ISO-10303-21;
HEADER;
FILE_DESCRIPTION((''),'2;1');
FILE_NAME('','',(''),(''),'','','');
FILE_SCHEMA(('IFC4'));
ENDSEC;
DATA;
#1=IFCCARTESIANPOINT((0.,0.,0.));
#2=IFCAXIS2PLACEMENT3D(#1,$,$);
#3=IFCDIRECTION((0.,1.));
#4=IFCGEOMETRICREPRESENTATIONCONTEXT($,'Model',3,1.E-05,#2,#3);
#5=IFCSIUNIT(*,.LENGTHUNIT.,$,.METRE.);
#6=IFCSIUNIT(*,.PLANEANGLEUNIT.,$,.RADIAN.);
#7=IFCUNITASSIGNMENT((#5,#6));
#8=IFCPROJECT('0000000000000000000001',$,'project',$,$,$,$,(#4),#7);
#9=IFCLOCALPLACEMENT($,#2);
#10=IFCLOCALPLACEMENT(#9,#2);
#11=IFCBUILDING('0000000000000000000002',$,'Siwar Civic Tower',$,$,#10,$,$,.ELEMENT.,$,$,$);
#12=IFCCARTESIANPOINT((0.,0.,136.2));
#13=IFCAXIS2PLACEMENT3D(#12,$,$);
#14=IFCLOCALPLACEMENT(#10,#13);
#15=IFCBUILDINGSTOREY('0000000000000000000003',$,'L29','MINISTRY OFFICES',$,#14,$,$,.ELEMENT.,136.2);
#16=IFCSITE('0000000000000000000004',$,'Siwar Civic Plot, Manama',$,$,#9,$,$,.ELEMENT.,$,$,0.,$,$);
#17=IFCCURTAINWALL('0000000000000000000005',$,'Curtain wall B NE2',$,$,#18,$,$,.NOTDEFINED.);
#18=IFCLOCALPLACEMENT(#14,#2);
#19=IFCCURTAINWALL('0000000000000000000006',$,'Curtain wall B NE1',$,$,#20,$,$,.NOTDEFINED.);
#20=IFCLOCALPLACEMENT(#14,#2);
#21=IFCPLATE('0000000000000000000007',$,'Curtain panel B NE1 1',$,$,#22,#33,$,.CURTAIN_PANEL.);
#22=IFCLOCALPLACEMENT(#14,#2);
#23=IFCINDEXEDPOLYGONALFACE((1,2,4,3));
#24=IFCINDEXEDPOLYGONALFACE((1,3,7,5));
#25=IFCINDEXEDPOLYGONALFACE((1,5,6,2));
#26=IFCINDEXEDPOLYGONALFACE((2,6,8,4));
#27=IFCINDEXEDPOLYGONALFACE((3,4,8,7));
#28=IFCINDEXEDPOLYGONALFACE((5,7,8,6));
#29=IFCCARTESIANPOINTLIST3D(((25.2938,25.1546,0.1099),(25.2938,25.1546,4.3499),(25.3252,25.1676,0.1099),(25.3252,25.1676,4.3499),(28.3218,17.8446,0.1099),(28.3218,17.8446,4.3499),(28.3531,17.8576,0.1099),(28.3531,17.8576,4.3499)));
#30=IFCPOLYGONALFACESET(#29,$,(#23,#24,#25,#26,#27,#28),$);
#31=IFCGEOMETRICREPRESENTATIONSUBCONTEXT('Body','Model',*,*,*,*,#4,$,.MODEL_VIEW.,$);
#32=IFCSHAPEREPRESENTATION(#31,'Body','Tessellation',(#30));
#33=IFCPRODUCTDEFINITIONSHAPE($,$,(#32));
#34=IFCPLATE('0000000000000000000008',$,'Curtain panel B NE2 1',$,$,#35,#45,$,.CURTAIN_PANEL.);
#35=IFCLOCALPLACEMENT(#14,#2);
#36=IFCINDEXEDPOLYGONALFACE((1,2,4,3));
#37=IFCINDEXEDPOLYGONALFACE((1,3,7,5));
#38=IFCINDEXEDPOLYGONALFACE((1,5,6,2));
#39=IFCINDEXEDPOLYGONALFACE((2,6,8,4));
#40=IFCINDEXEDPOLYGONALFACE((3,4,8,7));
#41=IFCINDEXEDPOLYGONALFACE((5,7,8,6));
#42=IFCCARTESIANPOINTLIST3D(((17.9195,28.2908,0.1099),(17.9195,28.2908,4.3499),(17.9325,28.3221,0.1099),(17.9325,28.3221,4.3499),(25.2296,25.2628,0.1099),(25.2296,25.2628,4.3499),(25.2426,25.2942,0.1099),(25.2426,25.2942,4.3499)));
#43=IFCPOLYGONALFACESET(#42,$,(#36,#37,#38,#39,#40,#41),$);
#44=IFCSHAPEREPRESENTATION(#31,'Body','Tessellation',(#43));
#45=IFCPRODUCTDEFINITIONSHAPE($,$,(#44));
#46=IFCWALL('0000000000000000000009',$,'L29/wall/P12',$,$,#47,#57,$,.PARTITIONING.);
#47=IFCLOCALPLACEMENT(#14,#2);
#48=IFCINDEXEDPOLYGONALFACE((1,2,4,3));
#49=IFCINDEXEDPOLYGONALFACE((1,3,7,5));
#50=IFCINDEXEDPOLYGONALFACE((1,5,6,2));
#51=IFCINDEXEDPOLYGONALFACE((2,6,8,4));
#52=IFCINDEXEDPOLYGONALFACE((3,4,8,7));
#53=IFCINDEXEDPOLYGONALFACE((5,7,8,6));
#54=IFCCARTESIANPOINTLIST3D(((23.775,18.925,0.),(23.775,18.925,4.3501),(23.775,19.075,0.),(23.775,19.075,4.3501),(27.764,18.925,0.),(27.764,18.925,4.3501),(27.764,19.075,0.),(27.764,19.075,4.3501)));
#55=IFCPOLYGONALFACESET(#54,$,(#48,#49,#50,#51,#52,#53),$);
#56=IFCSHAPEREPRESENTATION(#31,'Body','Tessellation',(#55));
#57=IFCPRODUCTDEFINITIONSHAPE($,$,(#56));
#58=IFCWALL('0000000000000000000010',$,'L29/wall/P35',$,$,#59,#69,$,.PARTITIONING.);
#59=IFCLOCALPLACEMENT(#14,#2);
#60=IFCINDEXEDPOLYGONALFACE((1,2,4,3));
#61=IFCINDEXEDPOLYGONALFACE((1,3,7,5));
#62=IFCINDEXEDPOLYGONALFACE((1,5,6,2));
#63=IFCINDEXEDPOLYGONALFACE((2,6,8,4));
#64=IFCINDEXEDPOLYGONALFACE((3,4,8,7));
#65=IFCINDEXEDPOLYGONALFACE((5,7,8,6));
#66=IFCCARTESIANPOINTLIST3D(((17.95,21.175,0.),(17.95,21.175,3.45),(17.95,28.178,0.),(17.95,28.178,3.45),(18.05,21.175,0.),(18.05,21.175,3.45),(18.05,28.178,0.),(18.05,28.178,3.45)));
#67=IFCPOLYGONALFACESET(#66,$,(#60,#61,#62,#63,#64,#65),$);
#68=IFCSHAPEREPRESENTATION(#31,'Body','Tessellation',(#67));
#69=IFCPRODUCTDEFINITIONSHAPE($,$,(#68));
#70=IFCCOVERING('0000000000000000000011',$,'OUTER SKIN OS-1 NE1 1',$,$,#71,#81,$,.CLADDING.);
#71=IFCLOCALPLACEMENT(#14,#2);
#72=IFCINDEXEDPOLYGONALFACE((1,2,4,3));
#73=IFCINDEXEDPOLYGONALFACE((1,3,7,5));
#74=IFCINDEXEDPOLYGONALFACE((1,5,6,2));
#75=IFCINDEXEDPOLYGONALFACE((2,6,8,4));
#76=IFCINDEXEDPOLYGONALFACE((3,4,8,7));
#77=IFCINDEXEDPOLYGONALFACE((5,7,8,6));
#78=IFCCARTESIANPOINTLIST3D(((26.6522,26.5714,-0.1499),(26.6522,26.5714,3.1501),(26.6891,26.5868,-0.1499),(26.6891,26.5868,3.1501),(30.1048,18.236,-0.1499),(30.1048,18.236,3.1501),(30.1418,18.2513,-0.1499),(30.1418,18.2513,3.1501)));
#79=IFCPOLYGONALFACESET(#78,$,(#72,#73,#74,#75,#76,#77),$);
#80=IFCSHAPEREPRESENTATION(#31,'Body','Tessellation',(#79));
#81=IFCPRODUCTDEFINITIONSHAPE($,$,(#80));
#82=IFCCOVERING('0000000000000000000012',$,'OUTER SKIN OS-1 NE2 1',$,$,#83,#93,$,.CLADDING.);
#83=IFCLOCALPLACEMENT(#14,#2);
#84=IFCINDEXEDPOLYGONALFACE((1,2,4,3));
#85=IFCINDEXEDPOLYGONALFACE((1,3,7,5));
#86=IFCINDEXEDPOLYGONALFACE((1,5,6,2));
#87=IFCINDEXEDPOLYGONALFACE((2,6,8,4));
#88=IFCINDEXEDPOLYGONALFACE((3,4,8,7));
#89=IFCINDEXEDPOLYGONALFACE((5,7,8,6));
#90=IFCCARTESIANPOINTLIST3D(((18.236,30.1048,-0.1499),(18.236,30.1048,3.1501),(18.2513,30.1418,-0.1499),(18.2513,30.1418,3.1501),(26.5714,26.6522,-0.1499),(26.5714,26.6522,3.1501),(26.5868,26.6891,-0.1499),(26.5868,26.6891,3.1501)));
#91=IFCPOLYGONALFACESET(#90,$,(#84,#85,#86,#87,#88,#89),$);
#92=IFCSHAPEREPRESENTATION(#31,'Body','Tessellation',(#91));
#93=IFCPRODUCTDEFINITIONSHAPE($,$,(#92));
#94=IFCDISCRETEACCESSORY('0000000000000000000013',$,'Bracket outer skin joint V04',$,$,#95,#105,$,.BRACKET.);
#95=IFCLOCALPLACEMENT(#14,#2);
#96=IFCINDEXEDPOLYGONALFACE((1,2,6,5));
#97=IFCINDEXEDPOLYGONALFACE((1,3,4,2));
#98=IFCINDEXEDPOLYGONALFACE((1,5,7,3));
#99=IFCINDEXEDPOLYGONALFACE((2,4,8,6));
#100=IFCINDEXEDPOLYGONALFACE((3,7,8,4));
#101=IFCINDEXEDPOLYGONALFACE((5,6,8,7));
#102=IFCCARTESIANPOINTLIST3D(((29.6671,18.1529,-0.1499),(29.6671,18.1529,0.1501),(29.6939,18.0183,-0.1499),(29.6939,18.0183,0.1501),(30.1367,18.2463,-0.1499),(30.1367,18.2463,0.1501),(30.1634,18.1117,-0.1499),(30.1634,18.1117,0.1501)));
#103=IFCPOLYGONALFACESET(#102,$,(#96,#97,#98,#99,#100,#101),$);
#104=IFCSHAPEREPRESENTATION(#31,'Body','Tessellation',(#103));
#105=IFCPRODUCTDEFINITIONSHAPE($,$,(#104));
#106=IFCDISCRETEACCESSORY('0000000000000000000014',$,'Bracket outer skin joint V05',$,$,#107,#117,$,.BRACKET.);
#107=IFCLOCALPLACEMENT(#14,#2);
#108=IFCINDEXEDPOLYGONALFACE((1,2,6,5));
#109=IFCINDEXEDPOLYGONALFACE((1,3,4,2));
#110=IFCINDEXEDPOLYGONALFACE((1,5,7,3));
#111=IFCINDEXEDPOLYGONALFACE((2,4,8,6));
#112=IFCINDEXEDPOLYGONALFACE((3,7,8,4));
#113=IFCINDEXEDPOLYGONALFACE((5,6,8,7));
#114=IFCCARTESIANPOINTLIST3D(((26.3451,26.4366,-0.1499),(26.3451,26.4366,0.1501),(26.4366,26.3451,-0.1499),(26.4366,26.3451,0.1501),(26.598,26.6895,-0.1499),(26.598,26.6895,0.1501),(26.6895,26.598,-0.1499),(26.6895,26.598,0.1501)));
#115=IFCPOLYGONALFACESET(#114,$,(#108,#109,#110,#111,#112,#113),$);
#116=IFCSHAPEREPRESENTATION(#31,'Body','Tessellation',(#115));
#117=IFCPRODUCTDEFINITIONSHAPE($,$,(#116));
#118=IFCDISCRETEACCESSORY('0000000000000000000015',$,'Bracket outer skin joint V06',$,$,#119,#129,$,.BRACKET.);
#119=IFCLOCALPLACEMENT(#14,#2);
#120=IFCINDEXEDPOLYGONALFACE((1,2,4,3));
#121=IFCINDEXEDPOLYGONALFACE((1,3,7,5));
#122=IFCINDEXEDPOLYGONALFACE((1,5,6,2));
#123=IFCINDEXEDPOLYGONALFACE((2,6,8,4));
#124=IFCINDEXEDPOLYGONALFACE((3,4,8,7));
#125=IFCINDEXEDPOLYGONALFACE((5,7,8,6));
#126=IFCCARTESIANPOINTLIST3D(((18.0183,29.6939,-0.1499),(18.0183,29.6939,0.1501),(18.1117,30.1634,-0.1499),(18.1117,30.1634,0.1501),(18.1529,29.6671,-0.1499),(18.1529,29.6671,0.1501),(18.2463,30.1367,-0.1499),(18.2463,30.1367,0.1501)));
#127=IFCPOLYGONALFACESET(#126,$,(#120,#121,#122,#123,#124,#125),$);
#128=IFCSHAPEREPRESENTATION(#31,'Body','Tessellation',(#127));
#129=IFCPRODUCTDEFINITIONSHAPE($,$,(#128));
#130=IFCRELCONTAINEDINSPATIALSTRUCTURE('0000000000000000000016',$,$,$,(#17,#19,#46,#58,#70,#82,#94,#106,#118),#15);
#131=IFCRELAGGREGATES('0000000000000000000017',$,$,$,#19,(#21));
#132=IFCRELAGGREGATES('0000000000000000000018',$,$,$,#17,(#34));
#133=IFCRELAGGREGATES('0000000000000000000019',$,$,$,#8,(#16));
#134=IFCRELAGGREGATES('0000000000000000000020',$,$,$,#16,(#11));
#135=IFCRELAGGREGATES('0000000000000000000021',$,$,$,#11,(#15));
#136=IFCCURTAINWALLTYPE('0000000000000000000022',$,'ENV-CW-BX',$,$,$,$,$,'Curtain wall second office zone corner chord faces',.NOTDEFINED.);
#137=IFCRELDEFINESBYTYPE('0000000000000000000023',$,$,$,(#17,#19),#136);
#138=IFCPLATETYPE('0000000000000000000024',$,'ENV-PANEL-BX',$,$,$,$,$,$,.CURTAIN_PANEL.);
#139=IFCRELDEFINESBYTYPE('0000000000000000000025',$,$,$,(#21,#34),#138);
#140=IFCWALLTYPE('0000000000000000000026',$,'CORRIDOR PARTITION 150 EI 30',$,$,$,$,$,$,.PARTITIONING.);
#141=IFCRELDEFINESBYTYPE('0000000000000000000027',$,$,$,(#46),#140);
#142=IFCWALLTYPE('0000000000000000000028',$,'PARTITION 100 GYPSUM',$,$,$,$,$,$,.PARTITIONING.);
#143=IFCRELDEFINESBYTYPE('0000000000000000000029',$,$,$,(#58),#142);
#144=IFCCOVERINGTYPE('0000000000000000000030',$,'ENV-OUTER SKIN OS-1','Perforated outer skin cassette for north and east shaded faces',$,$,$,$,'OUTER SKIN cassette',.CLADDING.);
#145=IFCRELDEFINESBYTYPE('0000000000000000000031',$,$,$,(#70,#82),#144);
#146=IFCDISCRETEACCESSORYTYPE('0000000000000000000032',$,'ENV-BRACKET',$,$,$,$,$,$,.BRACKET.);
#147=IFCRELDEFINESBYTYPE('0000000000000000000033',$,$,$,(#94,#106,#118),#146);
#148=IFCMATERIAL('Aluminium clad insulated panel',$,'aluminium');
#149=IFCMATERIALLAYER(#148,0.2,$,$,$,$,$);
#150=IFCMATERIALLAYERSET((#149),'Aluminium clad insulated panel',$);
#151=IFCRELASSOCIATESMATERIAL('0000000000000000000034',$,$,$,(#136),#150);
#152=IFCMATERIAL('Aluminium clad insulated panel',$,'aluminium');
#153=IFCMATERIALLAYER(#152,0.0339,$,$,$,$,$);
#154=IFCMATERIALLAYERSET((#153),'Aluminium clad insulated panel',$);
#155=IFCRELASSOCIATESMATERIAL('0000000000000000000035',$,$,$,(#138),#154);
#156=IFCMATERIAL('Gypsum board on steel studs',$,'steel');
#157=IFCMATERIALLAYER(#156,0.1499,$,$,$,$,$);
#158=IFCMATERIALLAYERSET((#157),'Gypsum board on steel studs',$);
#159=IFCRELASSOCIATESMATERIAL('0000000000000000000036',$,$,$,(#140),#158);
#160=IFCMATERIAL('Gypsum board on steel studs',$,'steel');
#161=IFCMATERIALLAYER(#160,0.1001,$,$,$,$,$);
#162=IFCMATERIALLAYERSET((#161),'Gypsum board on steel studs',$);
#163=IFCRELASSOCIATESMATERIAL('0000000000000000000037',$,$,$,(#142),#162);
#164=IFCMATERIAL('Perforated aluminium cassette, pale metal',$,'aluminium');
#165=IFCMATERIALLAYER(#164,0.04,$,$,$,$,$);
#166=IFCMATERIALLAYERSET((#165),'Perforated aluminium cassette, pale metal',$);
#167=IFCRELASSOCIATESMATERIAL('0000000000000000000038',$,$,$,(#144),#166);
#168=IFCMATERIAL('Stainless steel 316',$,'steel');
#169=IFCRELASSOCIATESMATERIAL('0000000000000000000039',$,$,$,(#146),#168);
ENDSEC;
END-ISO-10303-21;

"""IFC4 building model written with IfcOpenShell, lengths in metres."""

from ifc_helpers import new_model, si_unit, direction, frame, frame_2d, origin, origin_2d, place, context, subcontext, project, spatial, rectangle, extrude, material, layer, layer_set, type_object, element, aggregate, save


model = new_model("IFC4")

# Units and contexts
model_context = context("Model", 3, precision=1e-05, world=origin(), true_north=direction((0.0, 1.0)))
body_context = subcontext(model_context, "Body", "Model", "MODEL_VIEW")
ifc_project = project(units=[si_unit("LENGTHUNIT", "METRE"), si_unit("PLANEANGLEUNIT", "RADIAN")], contexts=[model_context])

# Site, building, storey
site_placement = place(None, origin())
site = spatial("IfcSite", under=ifc_project, at=site_placement, Name="Siwar Civic Plot, Manama", CompositionType="ELEMENT", RefElevation=0.0)
building_placement = place(site_placement, origin())
building = spatial("IfcBuilding", under=site, at=building_placement, Name="Siwar Civic Tower", CompositionType="ELEMENT")
storey_placement = place(building_placement, frame((0.0, 0.0, 136.2)))
storey = spatial("IfcBuildingStorey", under=building, at=storey_placement, Name="L29", Description="MINISTRY OFFICES", CompositionType="ELEMENT", Elevation=136.2)

# Curtain wall
ifc_material_1 = material(Name="Aluminium clad insulated panel", Category="aluminium")
ifc_layer_1 = layer(ifc_material_1, 0.2)
ifc_layer_set_1 = layer_set([ifc_layer_1], Name="Aluminium clad insulated panel")
curtain_wall_type_1 = type_object("IfcCurtainWallType", Name="ENV-CW-BX", ElementType="Curtain wall second office zone corner chord faces", PredefinedType="NOTDEFINED", material=ifc_layer_set_1)
curtain_wall_1_placement = place(storey_placement, origin())
curtain_wall_1 = element("IfcCurtainWall", 1, at=curtain_wall_1_placement, inside=storey, type_object=curtain_wall_type_1, Name="Curtain wall B NE2", PredefinedType="NOTDEFINED")

# Curtain wall, plate
curtain_wall_2_placement = place(storey_placement, origin())
curtain_wall_2 = element("IfcCurtainWall", 2, at=curtain_wall_2_placement, inside=storey, type_object=curtain_wall_type_1, Name="Curtain wall B NE1", PredefinedType="NOTDEFINED")
ifc_material_2 = material(Name="Aluminium clad insulated panel", Category="aluminium")
ifc_layer_2 = layer(ifc_material_2, 0.0339)
ifc_layer_set_2 = layer_set([ifc_layer_2], Name="Aluminium clad insulated panel")
plate_type = type_object("IfcPlateType", Name="ENV-PANEL-BX", PredefinedType="CURTAIN_PANEL", material=ifc_layer_set_2)
plate_1_placement = place(storey_placement, frame((26.8235, 21.5061, 0.1099), z_axis=(0.0, 0.0, 1.0), x_axis=(-0.382683, 0.92388, 0.0)))
plate_1 = element("IfcPlate", 3, at=plate_1_placement, type_object=plate_type, Name="Curtain panel B NE1 1", PredefinedType="CURTAIN_PANEL", context=body_context, shape_type="SweptSolid", body=[
    extrude(rectangle(XDim=7.9124, YDim=0.0339, at=origin_2d()), origin(), (0.0, 0.0, 1.0), 4.24),
])
aggregate(curtain_wall_2, [plate_1])

# Plate
plate_2_placement = place(storey_placement, frame((21.5811, 26.7925, 0.1099), z_axis=(0.0, 0.0, 1.0), x_axis=(-0.92388, 0.382683, 0.0)))
plate_2 = element("IfcPlate", 4, at=plate_2_placement, type_object=plate_type, Name="Curtain panel B NE2 1", PredefinedType="CURTAIN_PANEL", context=body_context, shape_type="SweptSolid", body=[
    extrude(rectangle(XDim=7.9124, YDim=0.0339, at=origin_2d()), origin(), (0.0, 0.0, 1.0), 4.24),
])
aggregate(curtain_wall_1, [plate_2])

# Walls
ifc_material_3 = material(Name="Gypsum board on steel studs", Category="steel")
ifc_layer_3 = layer(ifc_material_3, 0.1499)
ifc_layer_set_3 = layer_set([ifc_layer_3], Name="Gypsum board on steel studs")
wall_type_1 = type_object("IfcWallType", Name="CORRIDOR PARTITION 150 EI 30", PredefinedType="PARTITIONING", material=ifc_layer_set_3)
wall_1_placement = place(storey_placement, frame((23.7749, 19.0, 0.0), z_axis=(0.0, 0.0, 1.0), x_axis=(1.0, 0.0, 0.0)))
element("IfcWall", 5, at=wall_1_placement, inside=storey, type_object=wall_type_1, Name="L29/wall/P12", PredefinedType="PARTITIONING", context=body_context, shape_type="SweptSolid", body=[
    extrude(rectangle(XDim=3.989, YDim=0.1499, at=frame_2d((1.9946, 0.0))), origin(), (0.0, 0.0, 1.0), 4.3501),
])
ifc_material_4 = material(Name="Gypsum board on steel studs", Category="steel")
ifc_layer_4 = layer(ifc_material_4, 0.1001)
ifc_layer_set_4 = layer_set([ifc_layer_4], Name="Gypsum board on steel studs")
wall_type_2 = type_object("IfcWallType", Name="PARTITION 100 GYPSUM", PredefinedType="PARTITIONING", material=ifc_layer_set_4)
wall_2_placement = place(storey_placement, frame((18.0, 21.175, 0.0), z_axis=(0.0, 0.0, 1.0), x_axis=(0.0, 1.0, 0.0)))
element("IfcWall", 6, at=wall_2_placement, inside=storey, type_object=wall_type_2, Name="L29/wall/P35", PredefinedType="PARTITIONING", context=body_context, shape_type="SweptSolid", body=[
    extrude(rectangle(XDim=7.0029, YDim=0.1001, at=frame_2d((3.5015, 0.0))), origin(), (0.0, 0.0, 1.0), 3.45),
])

# Coverings
ifc_material_5 = material(Name="Perforated aluminium cassette, pale metal", Category="aluminium")
ifc_layer_5 = layer(ifc_material_5, 0.04)
ifc_layer_set_5 = layer_set([ifc_layer_5], Name="Perforated aluminium cassette, pale metal")
covering_type = type_object("IfcCoveringType", Name="ENV-OUTER SKIN OS-1", Description="Perforated outer skin cassette for north and east shaded faces", ElementType="OUTER SKIN cassette", PredefinedType="CLADDING", material=ifc_layer_set_5)
for number, where, z_axis, x_axis, name in (
    (7, (28.397, 22.4114, -0.1499), (0.0, 0.0, 1.0), (-0.382683, 0.92388, 0.0), "OUTER SKIN OS-1 NE1 1"),
    (8, (22.4114, 28.397, -0.1499), (0.0, 0.0, 1.0), (-0.92388, 0.382683, 0.0), "OUTER SKIN OS-1 NE2 1"),
):
    element("IfcCovering", number, at=place(storey_placement, frame(where, z_axis=z_axis, x_axis=x_axis)), inside=storey, type_object=covering_type, Name=name, PredefinedType="CLADDING", context=body_context, shape_type="SweptSolid", body=[
        extrude(rectangle(XDim=9.0222, YDim=0.04, at=origin_2d()), origin(), (0.0, 0.0, 1.0), 3.3),
    ])

# Discrete accessories
ifc_material_6 = material(Name="Stainless steel 316", Category="steel")
discrete_accessory_type = type_object("IfcDiscreteAccessoryType", Name="ENV-BRACKET", PredefinedType="BRACKET", material=ifc_material_6)
discrete_accessory_1_placement = place(storey_placement, frame((29.9153, 18.1323, -0.1499), z_axis=(0.0, 0.0, 1.0), x_axis=(0.980785, 0.19509, 0.0)))
element("IfcDiscreteAccessory", 9, at=discrete_accessory_1_placement, inside=storey, type_object=discrete_accessory_type, Name="Bracket outer skin joint V04", PredefinedType="BRACKET", context=body_context, shape_type="SweptSolid", body=[
    extrude(rectangle(XDim=0.4788, YDim=0.1372, at=origin_2d()), origin(), (0.0, 0.0, 1.0), 0.3),
])
discrete_accessory_2_placement = place(storey_placement, frame((26.5173, 26.5173, -0.1499), z_axis=(0.0, 0.0, 1.0), x_axis=(0.707107, 0.707107, 0.0)))
element("IfcDiscreteAccessory", 10, at=discrete_accessory_2_placement, inside=storey, type_object=discrete_accessory_type, Name="Bracket outer skin joint V05", PredefinedType="BRACKET", context=body_context, shape_type="SweptSolid", body=[
    extrude(rectangle(XDim=0.3577, YDim=0.1294, at=origin_2d()), origin(), (0.0, 0.0, 1.0), 0.3),
])
discrete_accessory_3_placement = place(storey_placement, frame((18.1323, 29.9153, -0.1499), z_axis=(0.0, 0.0, 1.0), x_axis=(0.19509, 0.980785, 0.0)))
element("IfcDiscreteAccessory", 11, at=discrete_accessory_3_placement, inside=storey, type_object=discrete_accessory_type, Name="Bracket outer skin joint V06", PredefinedType="BRACKET", context=body_context, shape_type="SweptSolid", body=[
    extrude(rectangle(XDim=0.4788, YDim=0.1372, at=origin_2d()), origin(), (0.0, 0.0, 1.0), 0.3),
])

save(model, "model.ifc")
